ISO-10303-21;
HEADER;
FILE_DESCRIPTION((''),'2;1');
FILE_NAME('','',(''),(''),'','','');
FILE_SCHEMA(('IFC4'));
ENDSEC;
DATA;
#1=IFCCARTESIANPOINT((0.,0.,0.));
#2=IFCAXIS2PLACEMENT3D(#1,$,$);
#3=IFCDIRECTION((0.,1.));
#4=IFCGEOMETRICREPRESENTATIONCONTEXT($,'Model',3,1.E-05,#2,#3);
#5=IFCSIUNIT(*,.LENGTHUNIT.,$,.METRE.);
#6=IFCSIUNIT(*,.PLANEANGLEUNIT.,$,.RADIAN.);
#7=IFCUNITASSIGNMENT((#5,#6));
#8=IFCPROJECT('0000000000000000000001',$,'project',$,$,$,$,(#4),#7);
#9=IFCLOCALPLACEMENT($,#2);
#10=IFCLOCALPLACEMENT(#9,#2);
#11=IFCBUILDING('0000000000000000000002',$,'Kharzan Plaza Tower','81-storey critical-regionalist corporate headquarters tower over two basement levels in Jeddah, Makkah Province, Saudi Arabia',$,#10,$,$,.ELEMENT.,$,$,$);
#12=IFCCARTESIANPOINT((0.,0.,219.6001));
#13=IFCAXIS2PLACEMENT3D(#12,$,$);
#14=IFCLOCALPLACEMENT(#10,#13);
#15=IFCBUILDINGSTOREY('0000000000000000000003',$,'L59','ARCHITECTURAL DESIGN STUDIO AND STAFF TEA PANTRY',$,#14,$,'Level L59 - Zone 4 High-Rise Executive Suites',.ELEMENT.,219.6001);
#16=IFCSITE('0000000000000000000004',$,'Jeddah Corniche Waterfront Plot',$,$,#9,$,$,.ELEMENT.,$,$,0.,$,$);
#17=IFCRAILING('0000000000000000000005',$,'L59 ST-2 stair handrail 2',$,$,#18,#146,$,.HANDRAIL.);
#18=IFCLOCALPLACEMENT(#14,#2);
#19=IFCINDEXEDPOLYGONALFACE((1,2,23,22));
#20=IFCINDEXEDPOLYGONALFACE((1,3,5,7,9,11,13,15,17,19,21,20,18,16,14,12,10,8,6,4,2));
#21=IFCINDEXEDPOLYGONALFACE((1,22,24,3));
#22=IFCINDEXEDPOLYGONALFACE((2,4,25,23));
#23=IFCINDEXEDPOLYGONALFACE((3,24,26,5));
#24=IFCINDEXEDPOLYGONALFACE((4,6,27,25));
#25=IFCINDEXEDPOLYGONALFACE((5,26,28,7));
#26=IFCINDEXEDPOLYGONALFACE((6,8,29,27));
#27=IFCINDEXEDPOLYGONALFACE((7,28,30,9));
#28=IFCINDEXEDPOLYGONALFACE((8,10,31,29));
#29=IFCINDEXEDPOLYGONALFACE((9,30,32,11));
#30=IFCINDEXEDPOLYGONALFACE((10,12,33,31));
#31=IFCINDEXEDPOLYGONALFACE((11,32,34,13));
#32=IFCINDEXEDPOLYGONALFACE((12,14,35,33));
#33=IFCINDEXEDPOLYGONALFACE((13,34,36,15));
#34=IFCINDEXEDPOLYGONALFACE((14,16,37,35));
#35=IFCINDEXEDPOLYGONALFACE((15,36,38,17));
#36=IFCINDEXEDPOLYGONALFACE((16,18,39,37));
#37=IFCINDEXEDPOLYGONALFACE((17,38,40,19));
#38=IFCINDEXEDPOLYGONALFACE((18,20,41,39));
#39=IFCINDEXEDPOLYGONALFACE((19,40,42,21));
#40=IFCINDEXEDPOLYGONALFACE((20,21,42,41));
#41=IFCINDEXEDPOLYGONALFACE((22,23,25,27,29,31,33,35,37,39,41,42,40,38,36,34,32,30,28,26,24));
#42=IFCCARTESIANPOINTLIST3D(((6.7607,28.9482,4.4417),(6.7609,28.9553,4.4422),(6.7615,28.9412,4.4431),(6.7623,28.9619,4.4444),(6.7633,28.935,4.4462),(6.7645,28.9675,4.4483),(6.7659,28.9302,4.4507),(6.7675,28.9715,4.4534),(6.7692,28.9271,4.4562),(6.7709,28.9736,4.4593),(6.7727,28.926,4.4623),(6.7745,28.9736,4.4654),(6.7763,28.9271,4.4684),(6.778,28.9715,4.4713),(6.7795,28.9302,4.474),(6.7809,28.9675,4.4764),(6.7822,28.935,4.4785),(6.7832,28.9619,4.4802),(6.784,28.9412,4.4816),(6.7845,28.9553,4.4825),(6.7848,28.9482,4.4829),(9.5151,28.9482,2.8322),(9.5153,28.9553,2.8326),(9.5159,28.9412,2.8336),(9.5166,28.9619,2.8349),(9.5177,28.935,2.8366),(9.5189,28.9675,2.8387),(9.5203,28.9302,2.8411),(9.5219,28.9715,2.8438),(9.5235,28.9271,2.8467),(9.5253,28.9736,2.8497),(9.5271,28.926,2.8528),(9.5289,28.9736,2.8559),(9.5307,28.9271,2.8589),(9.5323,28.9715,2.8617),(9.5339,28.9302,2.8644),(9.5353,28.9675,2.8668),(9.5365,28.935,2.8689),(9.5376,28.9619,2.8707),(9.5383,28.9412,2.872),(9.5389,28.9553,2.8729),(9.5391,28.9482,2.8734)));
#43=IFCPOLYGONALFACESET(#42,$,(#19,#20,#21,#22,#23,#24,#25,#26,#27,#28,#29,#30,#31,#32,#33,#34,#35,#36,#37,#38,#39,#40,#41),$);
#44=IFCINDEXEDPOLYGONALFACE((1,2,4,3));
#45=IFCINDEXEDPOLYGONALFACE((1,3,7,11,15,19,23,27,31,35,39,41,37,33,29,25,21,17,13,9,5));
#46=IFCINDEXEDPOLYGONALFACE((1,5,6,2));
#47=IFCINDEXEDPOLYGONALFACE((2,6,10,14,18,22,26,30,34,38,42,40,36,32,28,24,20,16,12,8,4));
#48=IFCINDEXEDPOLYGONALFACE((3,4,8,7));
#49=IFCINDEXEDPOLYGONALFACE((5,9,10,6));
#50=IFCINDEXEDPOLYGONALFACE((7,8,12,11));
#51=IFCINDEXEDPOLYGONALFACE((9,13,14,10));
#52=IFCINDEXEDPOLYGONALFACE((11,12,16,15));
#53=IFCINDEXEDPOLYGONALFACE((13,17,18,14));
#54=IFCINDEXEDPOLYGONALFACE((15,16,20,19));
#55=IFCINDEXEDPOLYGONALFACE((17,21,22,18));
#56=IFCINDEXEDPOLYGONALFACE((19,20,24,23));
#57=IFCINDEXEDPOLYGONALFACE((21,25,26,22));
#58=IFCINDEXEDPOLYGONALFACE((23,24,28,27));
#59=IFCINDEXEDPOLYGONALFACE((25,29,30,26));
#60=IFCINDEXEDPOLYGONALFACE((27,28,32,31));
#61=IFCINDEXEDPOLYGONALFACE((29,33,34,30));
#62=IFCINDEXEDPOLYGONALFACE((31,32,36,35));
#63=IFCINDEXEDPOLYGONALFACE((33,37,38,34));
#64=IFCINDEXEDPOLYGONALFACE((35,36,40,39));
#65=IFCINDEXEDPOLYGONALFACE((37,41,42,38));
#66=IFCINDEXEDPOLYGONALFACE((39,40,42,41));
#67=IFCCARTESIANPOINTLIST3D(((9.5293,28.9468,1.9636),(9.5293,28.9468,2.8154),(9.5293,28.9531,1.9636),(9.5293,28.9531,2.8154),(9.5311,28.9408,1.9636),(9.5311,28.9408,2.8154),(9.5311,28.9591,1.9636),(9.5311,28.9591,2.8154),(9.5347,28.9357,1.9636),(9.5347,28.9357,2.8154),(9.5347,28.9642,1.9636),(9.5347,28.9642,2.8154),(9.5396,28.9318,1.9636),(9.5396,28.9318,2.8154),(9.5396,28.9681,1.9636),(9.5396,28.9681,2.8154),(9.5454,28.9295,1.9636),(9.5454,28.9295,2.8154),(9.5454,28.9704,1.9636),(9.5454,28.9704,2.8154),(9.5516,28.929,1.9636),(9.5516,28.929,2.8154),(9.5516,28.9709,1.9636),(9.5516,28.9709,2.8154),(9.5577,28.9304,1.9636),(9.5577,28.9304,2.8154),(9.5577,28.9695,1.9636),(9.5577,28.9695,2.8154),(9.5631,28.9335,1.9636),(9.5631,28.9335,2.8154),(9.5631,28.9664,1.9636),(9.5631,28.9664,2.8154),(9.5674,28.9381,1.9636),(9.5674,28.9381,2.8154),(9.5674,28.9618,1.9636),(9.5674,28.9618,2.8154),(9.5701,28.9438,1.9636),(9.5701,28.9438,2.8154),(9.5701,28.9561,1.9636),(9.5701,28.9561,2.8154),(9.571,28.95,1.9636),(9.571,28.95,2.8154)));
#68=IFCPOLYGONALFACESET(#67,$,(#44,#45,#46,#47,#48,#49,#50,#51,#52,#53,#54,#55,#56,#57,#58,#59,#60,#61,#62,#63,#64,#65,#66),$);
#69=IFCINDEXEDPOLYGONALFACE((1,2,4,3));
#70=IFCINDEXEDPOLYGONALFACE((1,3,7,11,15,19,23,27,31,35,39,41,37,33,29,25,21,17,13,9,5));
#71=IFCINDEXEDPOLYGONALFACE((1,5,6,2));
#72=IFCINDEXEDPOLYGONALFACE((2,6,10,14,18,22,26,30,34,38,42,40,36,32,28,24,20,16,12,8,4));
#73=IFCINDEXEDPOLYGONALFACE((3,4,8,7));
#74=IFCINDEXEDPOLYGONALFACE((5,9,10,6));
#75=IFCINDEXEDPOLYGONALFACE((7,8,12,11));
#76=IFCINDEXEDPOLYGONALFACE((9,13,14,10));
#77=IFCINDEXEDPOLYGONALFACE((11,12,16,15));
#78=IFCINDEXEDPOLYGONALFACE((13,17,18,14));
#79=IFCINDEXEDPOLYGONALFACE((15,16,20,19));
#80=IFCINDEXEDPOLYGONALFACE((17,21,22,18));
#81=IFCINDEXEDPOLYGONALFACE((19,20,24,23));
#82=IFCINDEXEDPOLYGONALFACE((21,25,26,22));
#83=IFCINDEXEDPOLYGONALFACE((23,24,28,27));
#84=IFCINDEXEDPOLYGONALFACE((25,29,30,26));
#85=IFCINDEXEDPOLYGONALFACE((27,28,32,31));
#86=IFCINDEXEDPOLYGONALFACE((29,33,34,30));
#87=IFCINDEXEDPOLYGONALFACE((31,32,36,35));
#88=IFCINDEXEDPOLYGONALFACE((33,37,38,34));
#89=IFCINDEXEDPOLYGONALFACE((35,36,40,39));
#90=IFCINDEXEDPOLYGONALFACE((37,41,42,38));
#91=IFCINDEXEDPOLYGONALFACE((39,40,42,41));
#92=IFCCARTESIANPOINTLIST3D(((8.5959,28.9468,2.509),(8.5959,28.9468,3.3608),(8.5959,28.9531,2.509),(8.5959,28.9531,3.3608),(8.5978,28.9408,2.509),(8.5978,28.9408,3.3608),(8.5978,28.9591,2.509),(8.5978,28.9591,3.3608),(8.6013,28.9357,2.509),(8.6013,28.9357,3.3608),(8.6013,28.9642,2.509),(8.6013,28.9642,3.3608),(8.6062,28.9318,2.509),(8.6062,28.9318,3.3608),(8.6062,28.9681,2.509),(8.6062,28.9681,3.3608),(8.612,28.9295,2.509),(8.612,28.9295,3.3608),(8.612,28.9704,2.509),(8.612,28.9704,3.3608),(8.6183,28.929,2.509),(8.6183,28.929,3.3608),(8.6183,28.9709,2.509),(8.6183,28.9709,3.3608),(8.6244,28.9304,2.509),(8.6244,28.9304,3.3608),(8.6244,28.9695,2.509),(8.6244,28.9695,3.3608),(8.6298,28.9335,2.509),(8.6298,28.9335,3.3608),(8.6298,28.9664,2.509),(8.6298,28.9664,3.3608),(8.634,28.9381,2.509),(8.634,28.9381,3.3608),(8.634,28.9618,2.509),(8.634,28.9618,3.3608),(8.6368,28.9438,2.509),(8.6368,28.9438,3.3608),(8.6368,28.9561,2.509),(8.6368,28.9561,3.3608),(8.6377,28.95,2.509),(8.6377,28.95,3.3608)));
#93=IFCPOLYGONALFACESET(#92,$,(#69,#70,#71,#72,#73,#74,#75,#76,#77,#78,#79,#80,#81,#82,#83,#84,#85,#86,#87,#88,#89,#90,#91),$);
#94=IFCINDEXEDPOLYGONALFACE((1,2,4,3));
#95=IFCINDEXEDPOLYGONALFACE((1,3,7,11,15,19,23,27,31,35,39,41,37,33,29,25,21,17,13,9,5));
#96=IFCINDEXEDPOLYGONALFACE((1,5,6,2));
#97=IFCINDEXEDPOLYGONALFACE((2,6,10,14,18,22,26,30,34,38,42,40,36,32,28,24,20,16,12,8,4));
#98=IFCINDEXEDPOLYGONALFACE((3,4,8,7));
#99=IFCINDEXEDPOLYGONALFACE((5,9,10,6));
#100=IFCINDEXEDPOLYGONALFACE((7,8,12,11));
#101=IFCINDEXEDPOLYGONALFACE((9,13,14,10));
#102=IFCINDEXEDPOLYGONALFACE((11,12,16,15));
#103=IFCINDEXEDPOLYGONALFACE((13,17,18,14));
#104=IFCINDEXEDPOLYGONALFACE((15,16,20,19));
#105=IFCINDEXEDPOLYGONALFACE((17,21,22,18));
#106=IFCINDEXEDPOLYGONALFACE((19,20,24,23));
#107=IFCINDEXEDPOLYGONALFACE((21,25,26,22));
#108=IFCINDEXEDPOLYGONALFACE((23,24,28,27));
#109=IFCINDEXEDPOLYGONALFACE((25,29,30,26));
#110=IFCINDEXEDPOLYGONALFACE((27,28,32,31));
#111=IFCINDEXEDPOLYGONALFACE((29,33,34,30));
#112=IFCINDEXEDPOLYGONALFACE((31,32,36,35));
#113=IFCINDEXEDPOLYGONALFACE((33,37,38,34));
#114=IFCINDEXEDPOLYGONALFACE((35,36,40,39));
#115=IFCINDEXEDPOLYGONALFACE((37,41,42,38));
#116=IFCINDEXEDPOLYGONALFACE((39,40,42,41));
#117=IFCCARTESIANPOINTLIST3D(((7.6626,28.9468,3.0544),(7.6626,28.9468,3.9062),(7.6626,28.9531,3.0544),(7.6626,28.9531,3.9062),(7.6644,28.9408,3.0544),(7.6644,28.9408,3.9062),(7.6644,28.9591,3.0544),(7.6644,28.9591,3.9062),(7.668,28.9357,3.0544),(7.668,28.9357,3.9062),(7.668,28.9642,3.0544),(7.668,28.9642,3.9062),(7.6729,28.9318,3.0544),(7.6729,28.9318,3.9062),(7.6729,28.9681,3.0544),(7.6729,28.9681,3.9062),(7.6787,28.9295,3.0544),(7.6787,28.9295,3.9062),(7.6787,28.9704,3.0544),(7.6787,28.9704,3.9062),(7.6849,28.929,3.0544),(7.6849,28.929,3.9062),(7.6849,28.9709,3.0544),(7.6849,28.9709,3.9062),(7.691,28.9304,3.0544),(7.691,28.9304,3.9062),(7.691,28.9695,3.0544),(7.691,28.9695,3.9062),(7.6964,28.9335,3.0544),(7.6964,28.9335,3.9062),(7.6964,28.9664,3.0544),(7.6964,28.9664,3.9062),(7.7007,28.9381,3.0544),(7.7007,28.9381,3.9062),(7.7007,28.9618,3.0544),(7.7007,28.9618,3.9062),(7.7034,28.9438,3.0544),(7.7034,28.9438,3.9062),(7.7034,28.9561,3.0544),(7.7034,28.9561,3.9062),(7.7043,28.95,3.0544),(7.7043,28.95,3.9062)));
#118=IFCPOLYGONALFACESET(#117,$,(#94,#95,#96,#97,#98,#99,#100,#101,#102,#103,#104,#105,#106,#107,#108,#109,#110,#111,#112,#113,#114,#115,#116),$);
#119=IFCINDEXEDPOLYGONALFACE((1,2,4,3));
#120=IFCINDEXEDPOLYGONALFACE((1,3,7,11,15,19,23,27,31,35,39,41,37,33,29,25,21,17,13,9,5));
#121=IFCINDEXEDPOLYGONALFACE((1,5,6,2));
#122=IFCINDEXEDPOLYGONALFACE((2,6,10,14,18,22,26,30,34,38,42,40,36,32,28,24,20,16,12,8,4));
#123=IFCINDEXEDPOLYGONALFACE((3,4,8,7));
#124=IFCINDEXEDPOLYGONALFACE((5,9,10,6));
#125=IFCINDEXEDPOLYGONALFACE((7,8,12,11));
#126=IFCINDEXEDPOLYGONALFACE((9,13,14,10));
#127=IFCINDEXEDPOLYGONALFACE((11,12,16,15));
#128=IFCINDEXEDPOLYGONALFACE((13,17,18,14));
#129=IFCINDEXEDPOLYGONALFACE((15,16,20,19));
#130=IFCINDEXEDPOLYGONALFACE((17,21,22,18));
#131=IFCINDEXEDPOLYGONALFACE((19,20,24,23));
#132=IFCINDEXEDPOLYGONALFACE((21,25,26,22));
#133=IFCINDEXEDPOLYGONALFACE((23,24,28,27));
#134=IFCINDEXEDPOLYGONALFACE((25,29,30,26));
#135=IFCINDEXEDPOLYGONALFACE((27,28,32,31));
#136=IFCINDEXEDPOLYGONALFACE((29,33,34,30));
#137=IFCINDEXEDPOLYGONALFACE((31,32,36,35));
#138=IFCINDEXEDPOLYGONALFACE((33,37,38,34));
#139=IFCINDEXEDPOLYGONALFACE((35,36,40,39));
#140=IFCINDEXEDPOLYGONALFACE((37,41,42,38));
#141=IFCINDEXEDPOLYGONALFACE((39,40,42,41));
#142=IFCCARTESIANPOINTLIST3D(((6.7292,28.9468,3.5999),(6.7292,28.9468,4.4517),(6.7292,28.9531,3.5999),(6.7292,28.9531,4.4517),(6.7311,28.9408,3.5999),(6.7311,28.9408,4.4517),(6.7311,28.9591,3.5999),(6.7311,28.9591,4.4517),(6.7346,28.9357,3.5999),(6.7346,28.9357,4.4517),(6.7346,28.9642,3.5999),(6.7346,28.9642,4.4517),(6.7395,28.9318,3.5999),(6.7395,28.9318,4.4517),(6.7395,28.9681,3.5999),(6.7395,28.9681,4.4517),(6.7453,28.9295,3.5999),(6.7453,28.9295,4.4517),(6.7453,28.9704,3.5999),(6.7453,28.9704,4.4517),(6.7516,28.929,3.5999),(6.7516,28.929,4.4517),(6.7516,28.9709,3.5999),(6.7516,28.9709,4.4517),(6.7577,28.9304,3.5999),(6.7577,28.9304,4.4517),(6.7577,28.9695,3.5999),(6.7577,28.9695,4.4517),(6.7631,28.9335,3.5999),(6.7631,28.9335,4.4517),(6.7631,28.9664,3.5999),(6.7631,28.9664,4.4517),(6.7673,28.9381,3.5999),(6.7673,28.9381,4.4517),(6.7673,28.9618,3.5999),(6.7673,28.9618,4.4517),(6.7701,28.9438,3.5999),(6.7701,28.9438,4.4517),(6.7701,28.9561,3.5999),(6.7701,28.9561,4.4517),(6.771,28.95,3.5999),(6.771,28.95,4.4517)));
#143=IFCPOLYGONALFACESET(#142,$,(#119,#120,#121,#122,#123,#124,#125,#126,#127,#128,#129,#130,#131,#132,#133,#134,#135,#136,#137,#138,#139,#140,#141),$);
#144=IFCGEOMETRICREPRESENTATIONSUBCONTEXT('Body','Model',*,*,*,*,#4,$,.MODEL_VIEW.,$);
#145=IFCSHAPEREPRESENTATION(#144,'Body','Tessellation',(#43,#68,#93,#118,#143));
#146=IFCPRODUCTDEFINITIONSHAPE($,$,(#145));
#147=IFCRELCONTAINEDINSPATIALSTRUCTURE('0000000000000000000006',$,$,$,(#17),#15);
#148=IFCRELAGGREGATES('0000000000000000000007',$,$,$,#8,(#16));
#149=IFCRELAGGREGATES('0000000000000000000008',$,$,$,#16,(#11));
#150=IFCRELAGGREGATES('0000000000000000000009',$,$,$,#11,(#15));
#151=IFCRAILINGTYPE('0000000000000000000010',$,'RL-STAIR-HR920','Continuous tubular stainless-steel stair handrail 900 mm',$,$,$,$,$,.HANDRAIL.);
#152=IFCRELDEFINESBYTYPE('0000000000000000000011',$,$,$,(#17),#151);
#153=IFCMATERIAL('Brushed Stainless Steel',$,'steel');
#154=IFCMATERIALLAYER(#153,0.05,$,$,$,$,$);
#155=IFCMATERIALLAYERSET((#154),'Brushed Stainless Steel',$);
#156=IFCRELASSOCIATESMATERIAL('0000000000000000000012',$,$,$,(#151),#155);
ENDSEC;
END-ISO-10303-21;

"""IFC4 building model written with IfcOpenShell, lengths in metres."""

from ifc_helpers import new_model, si_unit, direction, frame, origin, origin_2d, place, context, subcontext, project, spatial, circle, extrude, source, transform, mapped, material, layer, layer_set, type_object, element, save


model = new_model("IFC4")

# Units and contexts
model_context = context("Model", 3, precision=1e-05, world=origin(), true_north=direction((0.0, 1.0)))
body_context = subcontext(model_context, "Body", "Model", "MODEL_VIEW")
ifc_project = project(units=[si_unit("LENGTHUNIT", "METRE"), si_unit("PLANEANGLEUNIT", "RADIAN")], contexts=[model_context])

# Site, building, storey
site_placement = place(None, origin())
site = spatial("IfcSite", under=ifc_project, at=site_placement, Name="Jeddah Corniche Waterfront Plot", CompositionType="ELEMENT", RefElevation=0.0)
building_placement = place(site_placement, origin())
building = spatial("IfcBuilding", under=site, at=building_placement, Name="Kharzan Plaza Tower", Description="81-storey critical-regionalist corporate headquarters tower over two basement levels in Jeddah, Makkah Province, Saudi Arabia", CompositionType="ELEMENT")
storey_placement = place(building_placement, frame((0.0, 0.0, 219.6001)))
storey = spatial("IfcBuildingStorey", under=building, at=storey_placement, Name="L59", Description="ARCHITECTURAL DESIGN STUDIO AND STAFF TEA PANTRY", LongName="Level L59 - Zone 4 High-Rise Executive Suites", CompositionType="ELEMENT", Elevation=219.6001)

# Railing
ifc_material_1 = material(Name="Brushed Stainless Steel", Category="steel")
ifc_layer_1 = layer(ifc_material_1, 0.05)
ifc_layer_set_1 = layer_set([ifc_layer_1], Name="Brushed Stainless Steel")
railing_type_1 = type_object("IfcRailingType", Name="RL-STAIR-HR920", Description="Continuous tubular stainless-steel stair handrail 900 mm", PredefinedType="HANDRAIL", material=ifc_layer_set_1)
shared_shape_1 = source(origin(), body_context, "Body", "SweptSolid", [
    extrude(circle(Radius=0.0239, at=origin_2d()), frame((-0.0229, 0.0, 0.8892), z_axis=(-0.863394, 0.0, 0.504531), x_axis=(0.0, -1.0, 0.0)), (0.0, 0.0, 1.0), 3.1902),
    extrude(circle(Radius=0.021, at=origin_2d()), origin(), (0.0, 0.0, 1.0), 0.8518),
    extrude(circle(Radius=0.021, at=origin_2d()), frame((-0.9333, 0.0, 0.5454)), (0.0, 0.0, 1.0), 0.8518),
    extrude(circle(Radius=0.021, at=origin_2d()), frame((-1.8667, 0.0, 1.0908)), (0.0, 0.0, 1.0), 0.8518),
    extrude(circle(Radius=0.021, at=origin_2d()), frame((-2.8, 0.0, 1.6362)), (0.0, 0.0, 1.0), 0.8518),
])
railing_1_placement = place(storey_placement, frame((9.55, 28.95, 1.9636)))
element("IfcRailing", 1, at=railing_1_placement, inside=storey, type_object=railing_type_1, Name="L59 ST-2 stair handrail 2", PredefinedType="HANDRAIL", context=body_context, shape_type="MappedRepresentation", body=[
    mapped(shared_shape_1, transform((0.0, 0.0, 0.0), x_axis=(1.0, 0.0, 0.0), y_axis=(0.0, 1.0, 0.0), z_axis=(0.0, 0.0, 1.0))),
])

save(model, "model.ifc")
